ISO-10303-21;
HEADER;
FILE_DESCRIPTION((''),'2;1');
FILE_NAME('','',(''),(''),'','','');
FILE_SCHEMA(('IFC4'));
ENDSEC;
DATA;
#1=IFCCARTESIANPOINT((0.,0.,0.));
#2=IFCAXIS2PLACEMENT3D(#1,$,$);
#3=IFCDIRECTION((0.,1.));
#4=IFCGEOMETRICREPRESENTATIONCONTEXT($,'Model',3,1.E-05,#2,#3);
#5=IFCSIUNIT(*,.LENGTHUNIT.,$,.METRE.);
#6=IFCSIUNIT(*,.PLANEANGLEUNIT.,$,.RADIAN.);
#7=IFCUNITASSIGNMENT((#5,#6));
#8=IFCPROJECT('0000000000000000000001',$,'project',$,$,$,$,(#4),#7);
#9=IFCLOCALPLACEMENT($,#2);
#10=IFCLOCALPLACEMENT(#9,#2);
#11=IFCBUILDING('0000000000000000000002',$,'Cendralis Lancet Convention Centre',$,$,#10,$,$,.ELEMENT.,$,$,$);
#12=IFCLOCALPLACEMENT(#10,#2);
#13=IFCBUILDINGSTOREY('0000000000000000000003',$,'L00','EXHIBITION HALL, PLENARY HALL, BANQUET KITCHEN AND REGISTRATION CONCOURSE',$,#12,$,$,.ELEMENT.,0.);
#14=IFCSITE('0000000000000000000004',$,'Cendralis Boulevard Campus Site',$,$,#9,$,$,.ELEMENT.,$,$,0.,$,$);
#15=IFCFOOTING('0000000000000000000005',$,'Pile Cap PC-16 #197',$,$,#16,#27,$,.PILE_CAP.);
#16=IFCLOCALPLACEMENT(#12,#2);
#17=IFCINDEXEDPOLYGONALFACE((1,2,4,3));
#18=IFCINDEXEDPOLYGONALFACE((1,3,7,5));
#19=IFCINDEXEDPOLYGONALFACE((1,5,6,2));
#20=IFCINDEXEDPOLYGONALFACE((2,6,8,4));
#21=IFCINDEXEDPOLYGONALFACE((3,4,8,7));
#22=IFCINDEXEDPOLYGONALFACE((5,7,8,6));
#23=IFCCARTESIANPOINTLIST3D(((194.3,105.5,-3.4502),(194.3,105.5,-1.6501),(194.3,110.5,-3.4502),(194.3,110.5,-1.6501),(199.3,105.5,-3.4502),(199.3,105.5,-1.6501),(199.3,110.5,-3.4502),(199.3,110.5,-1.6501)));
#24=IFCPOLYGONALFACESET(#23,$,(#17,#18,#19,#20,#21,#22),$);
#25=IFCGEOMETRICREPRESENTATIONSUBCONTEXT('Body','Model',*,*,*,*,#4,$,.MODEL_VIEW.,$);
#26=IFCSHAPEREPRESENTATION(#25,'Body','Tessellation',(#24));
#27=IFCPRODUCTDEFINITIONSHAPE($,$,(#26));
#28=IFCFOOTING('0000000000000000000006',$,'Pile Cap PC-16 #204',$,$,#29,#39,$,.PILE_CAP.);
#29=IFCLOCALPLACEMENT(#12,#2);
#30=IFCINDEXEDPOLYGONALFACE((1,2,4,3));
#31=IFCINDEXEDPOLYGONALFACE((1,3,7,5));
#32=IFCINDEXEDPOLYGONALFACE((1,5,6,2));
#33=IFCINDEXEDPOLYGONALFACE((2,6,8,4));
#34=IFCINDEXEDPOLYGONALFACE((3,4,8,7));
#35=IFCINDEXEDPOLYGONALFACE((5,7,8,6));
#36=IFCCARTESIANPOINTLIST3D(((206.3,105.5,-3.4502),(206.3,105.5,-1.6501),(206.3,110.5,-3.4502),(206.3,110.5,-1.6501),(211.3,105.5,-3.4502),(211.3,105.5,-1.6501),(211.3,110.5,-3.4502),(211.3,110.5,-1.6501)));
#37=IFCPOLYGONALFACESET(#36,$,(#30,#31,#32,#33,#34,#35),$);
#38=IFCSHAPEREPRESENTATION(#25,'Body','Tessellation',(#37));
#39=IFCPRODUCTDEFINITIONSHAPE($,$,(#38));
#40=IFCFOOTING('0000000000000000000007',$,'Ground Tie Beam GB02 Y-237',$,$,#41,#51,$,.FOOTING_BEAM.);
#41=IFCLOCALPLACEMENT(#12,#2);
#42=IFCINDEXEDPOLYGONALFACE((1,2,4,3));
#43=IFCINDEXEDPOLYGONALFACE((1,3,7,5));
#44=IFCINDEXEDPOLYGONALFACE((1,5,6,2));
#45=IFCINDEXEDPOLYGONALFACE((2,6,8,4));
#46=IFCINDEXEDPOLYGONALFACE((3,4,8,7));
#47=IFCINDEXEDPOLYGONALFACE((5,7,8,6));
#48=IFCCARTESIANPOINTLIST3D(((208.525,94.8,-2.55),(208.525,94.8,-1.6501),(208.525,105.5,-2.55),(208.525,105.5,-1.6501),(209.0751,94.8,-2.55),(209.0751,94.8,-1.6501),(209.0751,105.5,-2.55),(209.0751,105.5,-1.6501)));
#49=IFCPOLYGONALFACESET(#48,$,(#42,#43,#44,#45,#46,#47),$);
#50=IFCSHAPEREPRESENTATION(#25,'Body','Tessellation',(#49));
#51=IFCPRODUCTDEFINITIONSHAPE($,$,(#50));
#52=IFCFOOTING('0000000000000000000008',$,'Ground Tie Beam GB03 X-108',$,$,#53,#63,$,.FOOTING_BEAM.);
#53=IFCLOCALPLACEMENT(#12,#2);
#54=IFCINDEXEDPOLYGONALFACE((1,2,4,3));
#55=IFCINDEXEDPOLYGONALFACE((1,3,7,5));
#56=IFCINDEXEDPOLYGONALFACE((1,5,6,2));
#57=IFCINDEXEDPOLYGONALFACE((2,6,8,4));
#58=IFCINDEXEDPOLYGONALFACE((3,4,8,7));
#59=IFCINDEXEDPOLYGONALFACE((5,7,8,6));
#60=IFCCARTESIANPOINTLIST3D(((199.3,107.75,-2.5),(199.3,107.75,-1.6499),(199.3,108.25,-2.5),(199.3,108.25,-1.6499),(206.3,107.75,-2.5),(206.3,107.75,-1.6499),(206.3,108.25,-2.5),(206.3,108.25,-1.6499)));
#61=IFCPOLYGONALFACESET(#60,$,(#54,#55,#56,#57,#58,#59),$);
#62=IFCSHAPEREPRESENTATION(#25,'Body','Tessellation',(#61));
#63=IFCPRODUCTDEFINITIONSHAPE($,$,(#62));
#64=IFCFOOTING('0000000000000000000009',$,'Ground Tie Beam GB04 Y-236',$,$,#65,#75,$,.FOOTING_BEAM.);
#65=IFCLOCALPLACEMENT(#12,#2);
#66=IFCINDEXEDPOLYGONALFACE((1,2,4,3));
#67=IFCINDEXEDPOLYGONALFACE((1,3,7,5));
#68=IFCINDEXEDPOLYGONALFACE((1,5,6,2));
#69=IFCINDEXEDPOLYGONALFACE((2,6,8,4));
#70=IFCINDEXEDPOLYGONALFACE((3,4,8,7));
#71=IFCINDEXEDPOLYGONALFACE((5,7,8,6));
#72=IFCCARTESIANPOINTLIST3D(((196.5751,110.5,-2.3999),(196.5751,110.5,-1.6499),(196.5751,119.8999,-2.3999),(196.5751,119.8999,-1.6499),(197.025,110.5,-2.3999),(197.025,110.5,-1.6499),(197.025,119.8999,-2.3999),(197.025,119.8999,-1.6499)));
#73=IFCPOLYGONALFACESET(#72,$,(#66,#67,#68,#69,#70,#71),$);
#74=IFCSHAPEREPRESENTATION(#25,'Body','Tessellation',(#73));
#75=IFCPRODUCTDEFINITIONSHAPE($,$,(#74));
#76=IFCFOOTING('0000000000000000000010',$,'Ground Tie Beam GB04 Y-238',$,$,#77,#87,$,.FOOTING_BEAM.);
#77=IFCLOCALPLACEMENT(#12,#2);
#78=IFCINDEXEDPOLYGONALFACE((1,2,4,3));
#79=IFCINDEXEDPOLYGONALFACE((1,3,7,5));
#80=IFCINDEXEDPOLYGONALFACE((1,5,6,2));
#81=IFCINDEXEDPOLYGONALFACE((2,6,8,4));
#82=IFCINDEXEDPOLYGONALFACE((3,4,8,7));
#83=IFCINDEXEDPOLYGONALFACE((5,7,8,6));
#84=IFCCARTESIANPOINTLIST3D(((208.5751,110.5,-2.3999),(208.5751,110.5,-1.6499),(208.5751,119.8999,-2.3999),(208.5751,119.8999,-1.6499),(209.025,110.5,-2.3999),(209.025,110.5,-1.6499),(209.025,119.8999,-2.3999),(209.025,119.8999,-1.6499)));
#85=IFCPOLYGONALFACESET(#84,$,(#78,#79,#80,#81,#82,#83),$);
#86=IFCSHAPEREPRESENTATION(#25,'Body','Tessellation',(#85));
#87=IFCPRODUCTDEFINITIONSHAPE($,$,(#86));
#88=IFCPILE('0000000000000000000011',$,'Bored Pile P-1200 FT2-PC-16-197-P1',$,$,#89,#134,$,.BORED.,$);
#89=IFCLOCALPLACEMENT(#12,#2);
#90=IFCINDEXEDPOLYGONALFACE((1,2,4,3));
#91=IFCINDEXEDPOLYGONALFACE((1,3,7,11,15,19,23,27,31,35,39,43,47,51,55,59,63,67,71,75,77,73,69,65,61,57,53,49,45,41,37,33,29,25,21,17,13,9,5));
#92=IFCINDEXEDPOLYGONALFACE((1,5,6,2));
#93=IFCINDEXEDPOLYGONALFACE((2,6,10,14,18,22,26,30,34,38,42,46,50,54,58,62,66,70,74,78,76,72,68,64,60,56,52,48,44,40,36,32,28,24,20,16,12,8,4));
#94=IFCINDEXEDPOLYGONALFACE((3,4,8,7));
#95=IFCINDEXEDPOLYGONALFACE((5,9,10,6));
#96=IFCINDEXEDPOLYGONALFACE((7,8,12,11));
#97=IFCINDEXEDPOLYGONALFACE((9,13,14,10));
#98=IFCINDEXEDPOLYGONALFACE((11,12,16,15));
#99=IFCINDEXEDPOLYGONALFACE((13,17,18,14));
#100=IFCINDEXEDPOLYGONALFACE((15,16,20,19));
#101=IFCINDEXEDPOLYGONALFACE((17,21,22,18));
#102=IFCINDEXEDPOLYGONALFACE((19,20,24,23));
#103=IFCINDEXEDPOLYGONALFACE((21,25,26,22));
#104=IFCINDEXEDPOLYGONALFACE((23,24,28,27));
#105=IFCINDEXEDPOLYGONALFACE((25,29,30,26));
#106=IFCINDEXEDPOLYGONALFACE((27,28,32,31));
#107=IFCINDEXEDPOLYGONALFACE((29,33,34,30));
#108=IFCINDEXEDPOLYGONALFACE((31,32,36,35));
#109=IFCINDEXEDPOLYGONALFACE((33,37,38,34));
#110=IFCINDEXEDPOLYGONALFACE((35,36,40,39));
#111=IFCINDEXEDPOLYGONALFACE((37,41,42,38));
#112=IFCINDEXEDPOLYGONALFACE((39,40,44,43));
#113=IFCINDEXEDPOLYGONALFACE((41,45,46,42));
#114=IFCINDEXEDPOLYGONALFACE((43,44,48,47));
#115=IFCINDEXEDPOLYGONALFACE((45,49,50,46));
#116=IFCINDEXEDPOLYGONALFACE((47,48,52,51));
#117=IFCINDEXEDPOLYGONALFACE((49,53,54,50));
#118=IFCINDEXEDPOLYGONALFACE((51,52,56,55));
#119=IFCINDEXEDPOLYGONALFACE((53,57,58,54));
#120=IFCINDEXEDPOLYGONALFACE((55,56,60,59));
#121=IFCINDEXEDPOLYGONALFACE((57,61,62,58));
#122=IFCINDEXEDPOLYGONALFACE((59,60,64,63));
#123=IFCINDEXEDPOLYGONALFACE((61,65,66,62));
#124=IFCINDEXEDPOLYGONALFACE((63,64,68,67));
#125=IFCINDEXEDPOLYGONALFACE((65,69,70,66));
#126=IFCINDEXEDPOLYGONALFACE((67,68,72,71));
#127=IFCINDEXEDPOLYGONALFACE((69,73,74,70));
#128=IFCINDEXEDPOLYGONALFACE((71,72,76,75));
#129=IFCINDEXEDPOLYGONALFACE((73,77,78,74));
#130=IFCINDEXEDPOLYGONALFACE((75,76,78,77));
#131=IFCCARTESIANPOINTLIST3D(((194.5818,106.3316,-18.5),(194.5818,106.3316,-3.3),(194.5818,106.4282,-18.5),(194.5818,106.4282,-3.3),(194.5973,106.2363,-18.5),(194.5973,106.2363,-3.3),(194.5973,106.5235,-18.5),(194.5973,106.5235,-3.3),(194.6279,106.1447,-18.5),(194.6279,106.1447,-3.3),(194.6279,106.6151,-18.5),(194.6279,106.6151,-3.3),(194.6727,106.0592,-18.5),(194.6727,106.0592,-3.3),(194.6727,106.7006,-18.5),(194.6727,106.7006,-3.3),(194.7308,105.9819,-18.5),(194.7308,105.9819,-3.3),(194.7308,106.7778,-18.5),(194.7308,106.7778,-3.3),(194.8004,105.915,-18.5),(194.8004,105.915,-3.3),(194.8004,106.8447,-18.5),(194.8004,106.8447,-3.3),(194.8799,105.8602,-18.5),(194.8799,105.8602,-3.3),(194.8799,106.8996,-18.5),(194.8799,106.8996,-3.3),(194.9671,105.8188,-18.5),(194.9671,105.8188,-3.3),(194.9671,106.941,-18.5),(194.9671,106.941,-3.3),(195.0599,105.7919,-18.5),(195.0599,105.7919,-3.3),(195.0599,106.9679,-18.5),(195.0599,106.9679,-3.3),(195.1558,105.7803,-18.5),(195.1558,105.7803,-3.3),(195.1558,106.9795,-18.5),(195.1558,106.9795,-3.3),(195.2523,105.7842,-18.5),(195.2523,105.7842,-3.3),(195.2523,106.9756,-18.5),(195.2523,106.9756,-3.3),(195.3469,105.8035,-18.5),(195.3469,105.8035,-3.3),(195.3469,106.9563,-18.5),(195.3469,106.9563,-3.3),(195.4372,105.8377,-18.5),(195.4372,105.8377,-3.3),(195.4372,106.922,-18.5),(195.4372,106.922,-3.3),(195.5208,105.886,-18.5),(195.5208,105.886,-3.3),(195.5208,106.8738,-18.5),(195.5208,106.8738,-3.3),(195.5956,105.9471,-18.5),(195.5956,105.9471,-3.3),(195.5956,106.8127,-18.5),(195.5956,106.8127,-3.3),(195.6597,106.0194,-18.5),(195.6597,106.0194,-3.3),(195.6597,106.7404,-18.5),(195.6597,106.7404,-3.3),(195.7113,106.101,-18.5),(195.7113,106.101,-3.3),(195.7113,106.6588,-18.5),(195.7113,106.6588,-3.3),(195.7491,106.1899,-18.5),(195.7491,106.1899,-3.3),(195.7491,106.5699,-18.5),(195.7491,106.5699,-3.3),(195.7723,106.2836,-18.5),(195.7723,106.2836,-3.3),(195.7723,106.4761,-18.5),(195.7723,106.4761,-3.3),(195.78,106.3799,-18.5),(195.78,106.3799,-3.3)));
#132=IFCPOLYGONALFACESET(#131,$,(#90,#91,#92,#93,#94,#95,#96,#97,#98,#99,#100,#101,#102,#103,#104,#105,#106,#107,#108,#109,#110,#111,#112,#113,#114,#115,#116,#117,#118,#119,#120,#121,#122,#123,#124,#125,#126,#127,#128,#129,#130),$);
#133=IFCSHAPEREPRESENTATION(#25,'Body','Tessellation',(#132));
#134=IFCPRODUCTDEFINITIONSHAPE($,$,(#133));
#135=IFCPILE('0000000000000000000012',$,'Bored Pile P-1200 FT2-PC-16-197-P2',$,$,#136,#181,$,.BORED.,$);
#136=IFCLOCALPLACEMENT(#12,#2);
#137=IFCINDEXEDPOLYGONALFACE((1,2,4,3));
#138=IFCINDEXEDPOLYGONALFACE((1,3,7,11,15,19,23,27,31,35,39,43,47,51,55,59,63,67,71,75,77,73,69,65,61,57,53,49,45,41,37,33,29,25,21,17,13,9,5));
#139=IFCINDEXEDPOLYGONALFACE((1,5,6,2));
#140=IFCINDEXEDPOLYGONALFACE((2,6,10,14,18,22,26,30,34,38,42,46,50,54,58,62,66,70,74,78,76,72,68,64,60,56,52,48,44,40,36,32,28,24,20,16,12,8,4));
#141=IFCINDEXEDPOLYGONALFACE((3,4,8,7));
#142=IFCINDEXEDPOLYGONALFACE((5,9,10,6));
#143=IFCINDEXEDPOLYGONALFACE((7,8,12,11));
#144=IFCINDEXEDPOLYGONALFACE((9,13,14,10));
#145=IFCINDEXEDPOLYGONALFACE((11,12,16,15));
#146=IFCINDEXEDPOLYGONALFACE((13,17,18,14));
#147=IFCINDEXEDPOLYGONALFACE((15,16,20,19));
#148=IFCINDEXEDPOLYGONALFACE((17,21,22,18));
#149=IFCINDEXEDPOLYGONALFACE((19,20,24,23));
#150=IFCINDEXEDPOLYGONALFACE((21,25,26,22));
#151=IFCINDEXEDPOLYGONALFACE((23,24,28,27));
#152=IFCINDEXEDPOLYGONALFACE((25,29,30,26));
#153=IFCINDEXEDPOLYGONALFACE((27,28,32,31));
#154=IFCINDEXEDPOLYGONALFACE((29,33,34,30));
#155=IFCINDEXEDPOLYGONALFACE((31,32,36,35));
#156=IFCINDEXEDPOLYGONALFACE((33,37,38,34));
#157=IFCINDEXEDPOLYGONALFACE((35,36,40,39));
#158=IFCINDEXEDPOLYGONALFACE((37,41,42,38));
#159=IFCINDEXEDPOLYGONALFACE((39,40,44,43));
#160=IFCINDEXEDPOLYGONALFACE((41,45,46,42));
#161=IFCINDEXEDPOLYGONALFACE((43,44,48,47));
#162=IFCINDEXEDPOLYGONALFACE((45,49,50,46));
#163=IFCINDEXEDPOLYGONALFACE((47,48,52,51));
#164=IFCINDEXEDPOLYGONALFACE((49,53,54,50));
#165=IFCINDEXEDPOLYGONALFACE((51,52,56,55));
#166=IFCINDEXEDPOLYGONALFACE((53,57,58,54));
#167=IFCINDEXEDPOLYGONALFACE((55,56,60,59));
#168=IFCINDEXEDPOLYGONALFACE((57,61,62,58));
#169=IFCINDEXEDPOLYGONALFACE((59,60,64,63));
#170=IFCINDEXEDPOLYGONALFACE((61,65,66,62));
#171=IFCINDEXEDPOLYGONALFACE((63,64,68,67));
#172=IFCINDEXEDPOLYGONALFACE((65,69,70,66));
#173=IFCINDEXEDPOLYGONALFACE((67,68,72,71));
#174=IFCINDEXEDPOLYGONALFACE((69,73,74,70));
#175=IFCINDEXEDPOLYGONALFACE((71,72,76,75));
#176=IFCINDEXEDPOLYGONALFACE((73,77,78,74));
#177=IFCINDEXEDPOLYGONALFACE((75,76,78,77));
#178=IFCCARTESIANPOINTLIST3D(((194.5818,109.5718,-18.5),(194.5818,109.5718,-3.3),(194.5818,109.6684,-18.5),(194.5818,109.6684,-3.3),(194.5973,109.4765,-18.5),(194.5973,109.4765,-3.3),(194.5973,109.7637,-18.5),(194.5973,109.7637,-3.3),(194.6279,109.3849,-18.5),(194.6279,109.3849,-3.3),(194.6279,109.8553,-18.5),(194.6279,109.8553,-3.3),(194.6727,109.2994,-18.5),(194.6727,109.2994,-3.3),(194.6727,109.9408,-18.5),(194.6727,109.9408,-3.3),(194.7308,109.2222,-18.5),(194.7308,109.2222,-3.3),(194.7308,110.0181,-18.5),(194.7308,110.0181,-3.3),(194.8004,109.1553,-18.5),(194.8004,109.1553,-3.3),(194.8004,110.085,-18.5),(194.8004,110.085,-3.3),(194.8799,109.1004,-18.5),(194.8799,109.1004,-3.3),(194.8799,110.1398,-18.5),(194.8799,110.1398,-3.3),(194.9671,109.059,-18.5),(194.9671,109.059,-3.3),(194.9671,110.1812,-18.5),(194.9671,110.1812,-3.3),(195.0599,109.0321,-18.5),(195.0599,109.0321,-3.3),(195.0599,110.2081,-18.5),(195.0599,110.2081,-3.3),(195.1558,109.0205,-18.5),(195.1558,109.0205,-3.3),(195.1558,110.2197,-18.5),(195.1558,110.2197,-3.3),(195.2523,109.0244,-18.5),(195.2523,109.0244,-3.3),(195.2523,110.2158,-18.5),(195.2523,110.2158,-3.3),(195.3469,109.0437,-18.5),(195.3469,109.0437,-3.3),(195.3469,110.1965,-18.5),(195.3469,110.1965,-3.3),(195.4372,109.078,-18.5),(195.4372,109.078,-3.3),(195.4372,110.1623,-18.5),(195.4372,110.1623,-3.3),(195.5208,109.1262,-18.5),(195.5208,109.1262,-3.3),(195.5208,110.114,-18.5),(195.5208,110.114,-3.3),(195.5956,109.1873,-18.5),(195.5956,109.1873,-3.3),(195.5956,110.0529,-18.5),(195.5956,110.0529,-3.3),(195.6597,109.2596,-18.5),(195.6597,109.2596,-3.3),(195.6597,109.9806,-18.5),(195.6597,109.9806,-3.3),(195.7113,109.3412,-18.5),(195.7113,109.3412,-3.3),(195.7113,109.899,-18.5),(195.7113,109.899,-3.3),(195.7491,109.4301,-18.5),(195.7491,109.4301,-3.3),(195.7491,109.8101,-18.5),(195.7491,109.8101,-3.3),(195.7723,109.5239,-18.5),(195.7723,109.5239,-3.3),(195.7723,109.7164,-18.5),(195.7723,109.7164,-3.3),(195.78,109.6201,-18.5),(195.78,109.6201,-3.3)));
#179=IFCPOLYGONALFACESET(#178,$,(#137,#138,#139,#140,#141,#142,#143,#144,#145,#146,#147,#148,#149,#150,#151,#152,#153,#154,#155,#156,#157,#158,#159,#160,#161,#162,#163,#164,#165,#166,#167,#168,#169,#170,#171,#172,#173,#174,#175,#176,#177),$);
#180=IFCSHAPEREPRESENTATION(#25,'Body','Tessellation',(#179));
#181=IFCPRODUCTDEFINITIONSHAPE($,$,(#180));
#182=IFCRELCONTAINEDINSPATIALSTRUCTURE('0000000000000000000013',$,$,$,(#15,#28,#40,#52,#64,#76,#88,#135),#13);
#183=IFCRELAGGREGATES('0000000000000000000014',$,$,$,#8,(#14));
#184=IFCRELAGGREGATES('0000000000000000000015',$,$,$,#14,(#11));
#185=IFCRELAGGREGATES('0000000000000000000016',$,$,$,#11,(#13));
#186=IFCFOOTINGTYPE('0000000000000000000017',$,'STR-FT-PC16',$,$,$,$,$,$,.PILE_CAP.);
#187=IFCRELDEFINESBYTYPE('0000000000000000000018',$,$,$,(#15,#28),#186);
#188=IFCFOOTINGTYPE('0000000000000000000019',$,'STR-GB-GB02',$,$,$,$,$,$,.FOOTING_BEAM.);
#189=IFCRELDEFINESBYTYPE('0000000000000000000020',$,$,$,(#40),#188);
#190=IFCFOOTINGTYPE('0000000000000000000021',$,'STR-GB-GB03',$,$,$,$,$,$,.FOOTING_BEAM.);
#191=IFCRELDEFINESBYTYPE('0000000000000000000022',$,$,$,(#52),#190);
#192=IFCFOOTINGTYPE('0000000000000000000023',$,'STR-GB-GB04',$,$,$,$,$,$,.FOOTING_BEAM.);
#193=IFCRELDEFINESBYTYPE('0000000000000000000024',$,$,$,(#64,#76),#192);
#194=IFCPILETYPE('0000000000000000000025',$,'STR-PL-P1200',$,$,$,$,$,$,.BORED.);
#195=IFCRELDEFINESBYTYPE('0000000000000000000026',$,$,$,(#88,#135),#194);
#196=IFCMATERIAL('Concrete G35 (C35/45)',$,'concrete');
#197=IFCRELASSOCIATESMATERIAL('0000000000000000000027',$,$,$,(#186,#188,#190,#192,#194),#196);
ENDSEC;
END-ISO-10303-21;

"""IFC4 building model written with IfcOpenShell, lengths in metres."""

from ifc_helpers import new_model, si_unit, direction, frame, origin, origin_2d, place, context, subcontext, project, spatial, rectangle, circle, extrude, material, material_profile, profile_set, type_object, element, save


model = new_model("IFC4")

# Units and contexts
model_context = context("Model", 3, precision=1e-05, world=origin(), true_north=direction((0.0, 1.0)))
body_context = subcontext(model_context, "Body", "Model", "MODEL_VIEW")
ifc_project = project(units=[si_unit("LENGTHUNIT", "METRE"), si_unit("PLANEANGLEUNIT", "RADIAN")], contexts=[model_context])

# Site, building, storey
site_placement = place(None, origin())
site = spatial("IfcSite", under=ifc_project, at=site_placement, Name="Cendralis Boulevard Campus Site", CompositionType="ELEMENT", RefElevation=0.0)
building_placement = place(site_placement, origin())
building = spatial("IfcBuilding", under=site, at=building_placement, Name="Cendralis Lancet Convention Centre", CompositionType="ELEMENT")
storey_placement = place(building_placement, origin())
storey = spatial("IfcBuildingStorey", under=building, at=storey_placement, Name="L00", Description="EXHIBITION HALL, PLENARY HALL, BANQUET KITCHEN AND REGISTRATION CONCOURSE", CompositionType="ELEMENT", Elevation=0.0)

# Footings
ifc_material_1 = material(Name="Concrete G35 (C35/45)", Category="concrete")
footing_type_1 = type_object("IfcFootingType", Name="STR-FT-PC16", PredefinedType="PILE_CAP", material=ifc_material_1)
for number, where, z_axis, x_axis, name in (
    (1, (196.8, 108.0, -3.4502), (0.0, 0.0, 1.0), (1.0, 0.0, 0.0), "Pile Cap PC-16 #197"),
    (2, (208.8, 108.0, -3.4502), (0.0, 0.0, 1.0), (1.0, 0.0, 0.0), "Pile Cap PC-16 #204"),
):
    element("IfcFooting", number, at=place(storey_placement, frame(where, z_axis=z_axis, x_axis=x_axis)), inside=storey, type_object=footing_type_1, Name=name, PredefinedType="PILE_CAP", context=body_context, shape_type="SweptSolid", body=[
        extrude(rectangle(XDim=5.0, YDim=5.0, at=origin_2d()), origin(), (0.0, 0.0, 1.0), 1.8),
    ])
ifc_material_profile_1 = material_profile(ifc_material_1, rectangle(XDim=0.55, YDim=0.8999, at=origin_2d()), Name="RCB 550x900")
ifc_profile_set_1 = profile_set([ifc_material_profile_1], Name="Concrete G35 (C35/45)")
footing_type_2 = type_object("IfcFootingType", Name="STR-GB-GB02", PredefinedType="FOOTING_BEAM", material=ifc_profile_set_1)
footing_1_placement = place(storey_placement, frame((208.8, 94.8, -2.1001), z_axis=(0.0, 1.0, 0.0), x_axis=(-1.0, 0.0, 0.0)))
element("IfcFooting", 3, at=footing_1_placement, inside=storey, type_object=footing_type_2, Name="Ground Tie Beam GB02 Y-237", PredefinedType="FOOTING_BEAM", context=body_context, shape_type="SweptSolid", body=[
    extrude(rectangle(XDim=0.55, YDim=0.8999, at=origin_2d()), origin(), (0.0, 0.0, 1.0), 10.7),
])
ifc_material_profile_2 = material_profile(ifc_material_1, rectangle(XDim=0.5, YDim=0.8501, at=origin_2d()), Name="RCB 500x850")
ifc_profile_set_2 = profile_set([ifc_material_profile_2], Name="Concrete G35 (C35/45)")
footing_type_3 = type_object("IfcFootingType", Name="STR-GB-GB03", PredefinedType="FOOTING_BEAM", material=ifc_profile_set_2)
footing_2_placement = place(storey_placement, frame((199.3, 108.0, -2.075), z_axis=(1.0, 0.0, 0.0), x_axis=(0.0, 1.0, 0.0)))
element("IfcFooting", 4, at=footing_2_placement, inside=storey, type_object=footing_type_3, Name="Ground Tie Beam GB03 X-108", PredefinedType="FOOTING_BEAM", context=body_context, shape_type="SweptSolid", body=[
    extrude(rectangle(XDim=0.5, YDim=0.8501, at=origin_2d()), origin(), (0.0, 0.0, 1.0), 7.0),
])
ifc_material_profile_3 = material_profile(ifc_material_1, rectangle(XDim=0.45, YDim=0.75, at=origin_2d()), Name="RCB 450x750")
ifc_profile_set_3 = profile_set([ifc_material_profile_3], Name="Concrete G35 (C35/45)")
footing_type_4 = type_object("IfcFootingType", Name="STR-GB-GB04", PredefinedType="FOOTING_BEAM", material=ifc_profile_set_3)
for number, where, z_axis, x_axis, name in (
    (5, (196.8, 110.5, -2.0249), (0.0, 1.0, 0.0), (-1.0, 0.0, 0.0), "Ground Tie Beam GB04 Y-236"),
    (6, (208.8, 110.5, -2.0249), (0.0, 1.0, 0.0), (-1.0, 0.0, 0.0), "Ground Tie Beam GB04 Y-238"),
):
    element("IfcFooting", number, at=place(storey_placement, frame(where, z_axis=z_axis, x_axis=x_axis)), inside=storey, type_object=footing_type_4, Name=name, PredefinedType="FOOTING_BEAM", context=body_context, shape_type="SweptSolid", body=[
        extrude(rectangle(XDim=0.45, YDim=0.75, at=origin_2d()), origin(), (0.0, 0.0, 1.0), 9.3999),
    ])

# Piles
ifc_material_profile_4 = material_profile(ifc_material_1, circle(Radius=0.6001, at=origin_2d()), Name="BORED PILE D1200")
ifc_profile_set_4 = profile_set([ifc_material_profile_4], Name="Concrete G35 (C35/45)")
pile_type = type_object("IfcPileType", Name="STR-PL-P1200", PredefinedType="BORED", material=ifc_profile_set_4)
for number, where, z_axis, x_axis, name in (
    (7, (195.1799, 106.3799, -3.3), (0.0, 0.0, -1.0), (1.0, 0.0, 0.0), "Bored Pile P-1200 FT2-PC-16-197-P1"),
    (8, (195.1799, 109.6201, -3.3), (0.0, 0.0, -1.0), (1.0, 0.0, 0.0), "Bored Pile P-1200 FT2-PC-16-197-P2"),
):
    element("IfcPile", number, at=place(storey_placement, frame(where, z_axis=z_axis, x_axis=x_axis)), inside=storey, type_object=pile_type, Name=name, PredefinedType="BORED", context=body_context, shape_type="SweptSolid", body=[
        extrude(circle(Radius=0.6001, at=origin_2d()), origin(), (0.0, 0.0, 1.0), 15.2),
    ])

save(model, "model.ifc")
